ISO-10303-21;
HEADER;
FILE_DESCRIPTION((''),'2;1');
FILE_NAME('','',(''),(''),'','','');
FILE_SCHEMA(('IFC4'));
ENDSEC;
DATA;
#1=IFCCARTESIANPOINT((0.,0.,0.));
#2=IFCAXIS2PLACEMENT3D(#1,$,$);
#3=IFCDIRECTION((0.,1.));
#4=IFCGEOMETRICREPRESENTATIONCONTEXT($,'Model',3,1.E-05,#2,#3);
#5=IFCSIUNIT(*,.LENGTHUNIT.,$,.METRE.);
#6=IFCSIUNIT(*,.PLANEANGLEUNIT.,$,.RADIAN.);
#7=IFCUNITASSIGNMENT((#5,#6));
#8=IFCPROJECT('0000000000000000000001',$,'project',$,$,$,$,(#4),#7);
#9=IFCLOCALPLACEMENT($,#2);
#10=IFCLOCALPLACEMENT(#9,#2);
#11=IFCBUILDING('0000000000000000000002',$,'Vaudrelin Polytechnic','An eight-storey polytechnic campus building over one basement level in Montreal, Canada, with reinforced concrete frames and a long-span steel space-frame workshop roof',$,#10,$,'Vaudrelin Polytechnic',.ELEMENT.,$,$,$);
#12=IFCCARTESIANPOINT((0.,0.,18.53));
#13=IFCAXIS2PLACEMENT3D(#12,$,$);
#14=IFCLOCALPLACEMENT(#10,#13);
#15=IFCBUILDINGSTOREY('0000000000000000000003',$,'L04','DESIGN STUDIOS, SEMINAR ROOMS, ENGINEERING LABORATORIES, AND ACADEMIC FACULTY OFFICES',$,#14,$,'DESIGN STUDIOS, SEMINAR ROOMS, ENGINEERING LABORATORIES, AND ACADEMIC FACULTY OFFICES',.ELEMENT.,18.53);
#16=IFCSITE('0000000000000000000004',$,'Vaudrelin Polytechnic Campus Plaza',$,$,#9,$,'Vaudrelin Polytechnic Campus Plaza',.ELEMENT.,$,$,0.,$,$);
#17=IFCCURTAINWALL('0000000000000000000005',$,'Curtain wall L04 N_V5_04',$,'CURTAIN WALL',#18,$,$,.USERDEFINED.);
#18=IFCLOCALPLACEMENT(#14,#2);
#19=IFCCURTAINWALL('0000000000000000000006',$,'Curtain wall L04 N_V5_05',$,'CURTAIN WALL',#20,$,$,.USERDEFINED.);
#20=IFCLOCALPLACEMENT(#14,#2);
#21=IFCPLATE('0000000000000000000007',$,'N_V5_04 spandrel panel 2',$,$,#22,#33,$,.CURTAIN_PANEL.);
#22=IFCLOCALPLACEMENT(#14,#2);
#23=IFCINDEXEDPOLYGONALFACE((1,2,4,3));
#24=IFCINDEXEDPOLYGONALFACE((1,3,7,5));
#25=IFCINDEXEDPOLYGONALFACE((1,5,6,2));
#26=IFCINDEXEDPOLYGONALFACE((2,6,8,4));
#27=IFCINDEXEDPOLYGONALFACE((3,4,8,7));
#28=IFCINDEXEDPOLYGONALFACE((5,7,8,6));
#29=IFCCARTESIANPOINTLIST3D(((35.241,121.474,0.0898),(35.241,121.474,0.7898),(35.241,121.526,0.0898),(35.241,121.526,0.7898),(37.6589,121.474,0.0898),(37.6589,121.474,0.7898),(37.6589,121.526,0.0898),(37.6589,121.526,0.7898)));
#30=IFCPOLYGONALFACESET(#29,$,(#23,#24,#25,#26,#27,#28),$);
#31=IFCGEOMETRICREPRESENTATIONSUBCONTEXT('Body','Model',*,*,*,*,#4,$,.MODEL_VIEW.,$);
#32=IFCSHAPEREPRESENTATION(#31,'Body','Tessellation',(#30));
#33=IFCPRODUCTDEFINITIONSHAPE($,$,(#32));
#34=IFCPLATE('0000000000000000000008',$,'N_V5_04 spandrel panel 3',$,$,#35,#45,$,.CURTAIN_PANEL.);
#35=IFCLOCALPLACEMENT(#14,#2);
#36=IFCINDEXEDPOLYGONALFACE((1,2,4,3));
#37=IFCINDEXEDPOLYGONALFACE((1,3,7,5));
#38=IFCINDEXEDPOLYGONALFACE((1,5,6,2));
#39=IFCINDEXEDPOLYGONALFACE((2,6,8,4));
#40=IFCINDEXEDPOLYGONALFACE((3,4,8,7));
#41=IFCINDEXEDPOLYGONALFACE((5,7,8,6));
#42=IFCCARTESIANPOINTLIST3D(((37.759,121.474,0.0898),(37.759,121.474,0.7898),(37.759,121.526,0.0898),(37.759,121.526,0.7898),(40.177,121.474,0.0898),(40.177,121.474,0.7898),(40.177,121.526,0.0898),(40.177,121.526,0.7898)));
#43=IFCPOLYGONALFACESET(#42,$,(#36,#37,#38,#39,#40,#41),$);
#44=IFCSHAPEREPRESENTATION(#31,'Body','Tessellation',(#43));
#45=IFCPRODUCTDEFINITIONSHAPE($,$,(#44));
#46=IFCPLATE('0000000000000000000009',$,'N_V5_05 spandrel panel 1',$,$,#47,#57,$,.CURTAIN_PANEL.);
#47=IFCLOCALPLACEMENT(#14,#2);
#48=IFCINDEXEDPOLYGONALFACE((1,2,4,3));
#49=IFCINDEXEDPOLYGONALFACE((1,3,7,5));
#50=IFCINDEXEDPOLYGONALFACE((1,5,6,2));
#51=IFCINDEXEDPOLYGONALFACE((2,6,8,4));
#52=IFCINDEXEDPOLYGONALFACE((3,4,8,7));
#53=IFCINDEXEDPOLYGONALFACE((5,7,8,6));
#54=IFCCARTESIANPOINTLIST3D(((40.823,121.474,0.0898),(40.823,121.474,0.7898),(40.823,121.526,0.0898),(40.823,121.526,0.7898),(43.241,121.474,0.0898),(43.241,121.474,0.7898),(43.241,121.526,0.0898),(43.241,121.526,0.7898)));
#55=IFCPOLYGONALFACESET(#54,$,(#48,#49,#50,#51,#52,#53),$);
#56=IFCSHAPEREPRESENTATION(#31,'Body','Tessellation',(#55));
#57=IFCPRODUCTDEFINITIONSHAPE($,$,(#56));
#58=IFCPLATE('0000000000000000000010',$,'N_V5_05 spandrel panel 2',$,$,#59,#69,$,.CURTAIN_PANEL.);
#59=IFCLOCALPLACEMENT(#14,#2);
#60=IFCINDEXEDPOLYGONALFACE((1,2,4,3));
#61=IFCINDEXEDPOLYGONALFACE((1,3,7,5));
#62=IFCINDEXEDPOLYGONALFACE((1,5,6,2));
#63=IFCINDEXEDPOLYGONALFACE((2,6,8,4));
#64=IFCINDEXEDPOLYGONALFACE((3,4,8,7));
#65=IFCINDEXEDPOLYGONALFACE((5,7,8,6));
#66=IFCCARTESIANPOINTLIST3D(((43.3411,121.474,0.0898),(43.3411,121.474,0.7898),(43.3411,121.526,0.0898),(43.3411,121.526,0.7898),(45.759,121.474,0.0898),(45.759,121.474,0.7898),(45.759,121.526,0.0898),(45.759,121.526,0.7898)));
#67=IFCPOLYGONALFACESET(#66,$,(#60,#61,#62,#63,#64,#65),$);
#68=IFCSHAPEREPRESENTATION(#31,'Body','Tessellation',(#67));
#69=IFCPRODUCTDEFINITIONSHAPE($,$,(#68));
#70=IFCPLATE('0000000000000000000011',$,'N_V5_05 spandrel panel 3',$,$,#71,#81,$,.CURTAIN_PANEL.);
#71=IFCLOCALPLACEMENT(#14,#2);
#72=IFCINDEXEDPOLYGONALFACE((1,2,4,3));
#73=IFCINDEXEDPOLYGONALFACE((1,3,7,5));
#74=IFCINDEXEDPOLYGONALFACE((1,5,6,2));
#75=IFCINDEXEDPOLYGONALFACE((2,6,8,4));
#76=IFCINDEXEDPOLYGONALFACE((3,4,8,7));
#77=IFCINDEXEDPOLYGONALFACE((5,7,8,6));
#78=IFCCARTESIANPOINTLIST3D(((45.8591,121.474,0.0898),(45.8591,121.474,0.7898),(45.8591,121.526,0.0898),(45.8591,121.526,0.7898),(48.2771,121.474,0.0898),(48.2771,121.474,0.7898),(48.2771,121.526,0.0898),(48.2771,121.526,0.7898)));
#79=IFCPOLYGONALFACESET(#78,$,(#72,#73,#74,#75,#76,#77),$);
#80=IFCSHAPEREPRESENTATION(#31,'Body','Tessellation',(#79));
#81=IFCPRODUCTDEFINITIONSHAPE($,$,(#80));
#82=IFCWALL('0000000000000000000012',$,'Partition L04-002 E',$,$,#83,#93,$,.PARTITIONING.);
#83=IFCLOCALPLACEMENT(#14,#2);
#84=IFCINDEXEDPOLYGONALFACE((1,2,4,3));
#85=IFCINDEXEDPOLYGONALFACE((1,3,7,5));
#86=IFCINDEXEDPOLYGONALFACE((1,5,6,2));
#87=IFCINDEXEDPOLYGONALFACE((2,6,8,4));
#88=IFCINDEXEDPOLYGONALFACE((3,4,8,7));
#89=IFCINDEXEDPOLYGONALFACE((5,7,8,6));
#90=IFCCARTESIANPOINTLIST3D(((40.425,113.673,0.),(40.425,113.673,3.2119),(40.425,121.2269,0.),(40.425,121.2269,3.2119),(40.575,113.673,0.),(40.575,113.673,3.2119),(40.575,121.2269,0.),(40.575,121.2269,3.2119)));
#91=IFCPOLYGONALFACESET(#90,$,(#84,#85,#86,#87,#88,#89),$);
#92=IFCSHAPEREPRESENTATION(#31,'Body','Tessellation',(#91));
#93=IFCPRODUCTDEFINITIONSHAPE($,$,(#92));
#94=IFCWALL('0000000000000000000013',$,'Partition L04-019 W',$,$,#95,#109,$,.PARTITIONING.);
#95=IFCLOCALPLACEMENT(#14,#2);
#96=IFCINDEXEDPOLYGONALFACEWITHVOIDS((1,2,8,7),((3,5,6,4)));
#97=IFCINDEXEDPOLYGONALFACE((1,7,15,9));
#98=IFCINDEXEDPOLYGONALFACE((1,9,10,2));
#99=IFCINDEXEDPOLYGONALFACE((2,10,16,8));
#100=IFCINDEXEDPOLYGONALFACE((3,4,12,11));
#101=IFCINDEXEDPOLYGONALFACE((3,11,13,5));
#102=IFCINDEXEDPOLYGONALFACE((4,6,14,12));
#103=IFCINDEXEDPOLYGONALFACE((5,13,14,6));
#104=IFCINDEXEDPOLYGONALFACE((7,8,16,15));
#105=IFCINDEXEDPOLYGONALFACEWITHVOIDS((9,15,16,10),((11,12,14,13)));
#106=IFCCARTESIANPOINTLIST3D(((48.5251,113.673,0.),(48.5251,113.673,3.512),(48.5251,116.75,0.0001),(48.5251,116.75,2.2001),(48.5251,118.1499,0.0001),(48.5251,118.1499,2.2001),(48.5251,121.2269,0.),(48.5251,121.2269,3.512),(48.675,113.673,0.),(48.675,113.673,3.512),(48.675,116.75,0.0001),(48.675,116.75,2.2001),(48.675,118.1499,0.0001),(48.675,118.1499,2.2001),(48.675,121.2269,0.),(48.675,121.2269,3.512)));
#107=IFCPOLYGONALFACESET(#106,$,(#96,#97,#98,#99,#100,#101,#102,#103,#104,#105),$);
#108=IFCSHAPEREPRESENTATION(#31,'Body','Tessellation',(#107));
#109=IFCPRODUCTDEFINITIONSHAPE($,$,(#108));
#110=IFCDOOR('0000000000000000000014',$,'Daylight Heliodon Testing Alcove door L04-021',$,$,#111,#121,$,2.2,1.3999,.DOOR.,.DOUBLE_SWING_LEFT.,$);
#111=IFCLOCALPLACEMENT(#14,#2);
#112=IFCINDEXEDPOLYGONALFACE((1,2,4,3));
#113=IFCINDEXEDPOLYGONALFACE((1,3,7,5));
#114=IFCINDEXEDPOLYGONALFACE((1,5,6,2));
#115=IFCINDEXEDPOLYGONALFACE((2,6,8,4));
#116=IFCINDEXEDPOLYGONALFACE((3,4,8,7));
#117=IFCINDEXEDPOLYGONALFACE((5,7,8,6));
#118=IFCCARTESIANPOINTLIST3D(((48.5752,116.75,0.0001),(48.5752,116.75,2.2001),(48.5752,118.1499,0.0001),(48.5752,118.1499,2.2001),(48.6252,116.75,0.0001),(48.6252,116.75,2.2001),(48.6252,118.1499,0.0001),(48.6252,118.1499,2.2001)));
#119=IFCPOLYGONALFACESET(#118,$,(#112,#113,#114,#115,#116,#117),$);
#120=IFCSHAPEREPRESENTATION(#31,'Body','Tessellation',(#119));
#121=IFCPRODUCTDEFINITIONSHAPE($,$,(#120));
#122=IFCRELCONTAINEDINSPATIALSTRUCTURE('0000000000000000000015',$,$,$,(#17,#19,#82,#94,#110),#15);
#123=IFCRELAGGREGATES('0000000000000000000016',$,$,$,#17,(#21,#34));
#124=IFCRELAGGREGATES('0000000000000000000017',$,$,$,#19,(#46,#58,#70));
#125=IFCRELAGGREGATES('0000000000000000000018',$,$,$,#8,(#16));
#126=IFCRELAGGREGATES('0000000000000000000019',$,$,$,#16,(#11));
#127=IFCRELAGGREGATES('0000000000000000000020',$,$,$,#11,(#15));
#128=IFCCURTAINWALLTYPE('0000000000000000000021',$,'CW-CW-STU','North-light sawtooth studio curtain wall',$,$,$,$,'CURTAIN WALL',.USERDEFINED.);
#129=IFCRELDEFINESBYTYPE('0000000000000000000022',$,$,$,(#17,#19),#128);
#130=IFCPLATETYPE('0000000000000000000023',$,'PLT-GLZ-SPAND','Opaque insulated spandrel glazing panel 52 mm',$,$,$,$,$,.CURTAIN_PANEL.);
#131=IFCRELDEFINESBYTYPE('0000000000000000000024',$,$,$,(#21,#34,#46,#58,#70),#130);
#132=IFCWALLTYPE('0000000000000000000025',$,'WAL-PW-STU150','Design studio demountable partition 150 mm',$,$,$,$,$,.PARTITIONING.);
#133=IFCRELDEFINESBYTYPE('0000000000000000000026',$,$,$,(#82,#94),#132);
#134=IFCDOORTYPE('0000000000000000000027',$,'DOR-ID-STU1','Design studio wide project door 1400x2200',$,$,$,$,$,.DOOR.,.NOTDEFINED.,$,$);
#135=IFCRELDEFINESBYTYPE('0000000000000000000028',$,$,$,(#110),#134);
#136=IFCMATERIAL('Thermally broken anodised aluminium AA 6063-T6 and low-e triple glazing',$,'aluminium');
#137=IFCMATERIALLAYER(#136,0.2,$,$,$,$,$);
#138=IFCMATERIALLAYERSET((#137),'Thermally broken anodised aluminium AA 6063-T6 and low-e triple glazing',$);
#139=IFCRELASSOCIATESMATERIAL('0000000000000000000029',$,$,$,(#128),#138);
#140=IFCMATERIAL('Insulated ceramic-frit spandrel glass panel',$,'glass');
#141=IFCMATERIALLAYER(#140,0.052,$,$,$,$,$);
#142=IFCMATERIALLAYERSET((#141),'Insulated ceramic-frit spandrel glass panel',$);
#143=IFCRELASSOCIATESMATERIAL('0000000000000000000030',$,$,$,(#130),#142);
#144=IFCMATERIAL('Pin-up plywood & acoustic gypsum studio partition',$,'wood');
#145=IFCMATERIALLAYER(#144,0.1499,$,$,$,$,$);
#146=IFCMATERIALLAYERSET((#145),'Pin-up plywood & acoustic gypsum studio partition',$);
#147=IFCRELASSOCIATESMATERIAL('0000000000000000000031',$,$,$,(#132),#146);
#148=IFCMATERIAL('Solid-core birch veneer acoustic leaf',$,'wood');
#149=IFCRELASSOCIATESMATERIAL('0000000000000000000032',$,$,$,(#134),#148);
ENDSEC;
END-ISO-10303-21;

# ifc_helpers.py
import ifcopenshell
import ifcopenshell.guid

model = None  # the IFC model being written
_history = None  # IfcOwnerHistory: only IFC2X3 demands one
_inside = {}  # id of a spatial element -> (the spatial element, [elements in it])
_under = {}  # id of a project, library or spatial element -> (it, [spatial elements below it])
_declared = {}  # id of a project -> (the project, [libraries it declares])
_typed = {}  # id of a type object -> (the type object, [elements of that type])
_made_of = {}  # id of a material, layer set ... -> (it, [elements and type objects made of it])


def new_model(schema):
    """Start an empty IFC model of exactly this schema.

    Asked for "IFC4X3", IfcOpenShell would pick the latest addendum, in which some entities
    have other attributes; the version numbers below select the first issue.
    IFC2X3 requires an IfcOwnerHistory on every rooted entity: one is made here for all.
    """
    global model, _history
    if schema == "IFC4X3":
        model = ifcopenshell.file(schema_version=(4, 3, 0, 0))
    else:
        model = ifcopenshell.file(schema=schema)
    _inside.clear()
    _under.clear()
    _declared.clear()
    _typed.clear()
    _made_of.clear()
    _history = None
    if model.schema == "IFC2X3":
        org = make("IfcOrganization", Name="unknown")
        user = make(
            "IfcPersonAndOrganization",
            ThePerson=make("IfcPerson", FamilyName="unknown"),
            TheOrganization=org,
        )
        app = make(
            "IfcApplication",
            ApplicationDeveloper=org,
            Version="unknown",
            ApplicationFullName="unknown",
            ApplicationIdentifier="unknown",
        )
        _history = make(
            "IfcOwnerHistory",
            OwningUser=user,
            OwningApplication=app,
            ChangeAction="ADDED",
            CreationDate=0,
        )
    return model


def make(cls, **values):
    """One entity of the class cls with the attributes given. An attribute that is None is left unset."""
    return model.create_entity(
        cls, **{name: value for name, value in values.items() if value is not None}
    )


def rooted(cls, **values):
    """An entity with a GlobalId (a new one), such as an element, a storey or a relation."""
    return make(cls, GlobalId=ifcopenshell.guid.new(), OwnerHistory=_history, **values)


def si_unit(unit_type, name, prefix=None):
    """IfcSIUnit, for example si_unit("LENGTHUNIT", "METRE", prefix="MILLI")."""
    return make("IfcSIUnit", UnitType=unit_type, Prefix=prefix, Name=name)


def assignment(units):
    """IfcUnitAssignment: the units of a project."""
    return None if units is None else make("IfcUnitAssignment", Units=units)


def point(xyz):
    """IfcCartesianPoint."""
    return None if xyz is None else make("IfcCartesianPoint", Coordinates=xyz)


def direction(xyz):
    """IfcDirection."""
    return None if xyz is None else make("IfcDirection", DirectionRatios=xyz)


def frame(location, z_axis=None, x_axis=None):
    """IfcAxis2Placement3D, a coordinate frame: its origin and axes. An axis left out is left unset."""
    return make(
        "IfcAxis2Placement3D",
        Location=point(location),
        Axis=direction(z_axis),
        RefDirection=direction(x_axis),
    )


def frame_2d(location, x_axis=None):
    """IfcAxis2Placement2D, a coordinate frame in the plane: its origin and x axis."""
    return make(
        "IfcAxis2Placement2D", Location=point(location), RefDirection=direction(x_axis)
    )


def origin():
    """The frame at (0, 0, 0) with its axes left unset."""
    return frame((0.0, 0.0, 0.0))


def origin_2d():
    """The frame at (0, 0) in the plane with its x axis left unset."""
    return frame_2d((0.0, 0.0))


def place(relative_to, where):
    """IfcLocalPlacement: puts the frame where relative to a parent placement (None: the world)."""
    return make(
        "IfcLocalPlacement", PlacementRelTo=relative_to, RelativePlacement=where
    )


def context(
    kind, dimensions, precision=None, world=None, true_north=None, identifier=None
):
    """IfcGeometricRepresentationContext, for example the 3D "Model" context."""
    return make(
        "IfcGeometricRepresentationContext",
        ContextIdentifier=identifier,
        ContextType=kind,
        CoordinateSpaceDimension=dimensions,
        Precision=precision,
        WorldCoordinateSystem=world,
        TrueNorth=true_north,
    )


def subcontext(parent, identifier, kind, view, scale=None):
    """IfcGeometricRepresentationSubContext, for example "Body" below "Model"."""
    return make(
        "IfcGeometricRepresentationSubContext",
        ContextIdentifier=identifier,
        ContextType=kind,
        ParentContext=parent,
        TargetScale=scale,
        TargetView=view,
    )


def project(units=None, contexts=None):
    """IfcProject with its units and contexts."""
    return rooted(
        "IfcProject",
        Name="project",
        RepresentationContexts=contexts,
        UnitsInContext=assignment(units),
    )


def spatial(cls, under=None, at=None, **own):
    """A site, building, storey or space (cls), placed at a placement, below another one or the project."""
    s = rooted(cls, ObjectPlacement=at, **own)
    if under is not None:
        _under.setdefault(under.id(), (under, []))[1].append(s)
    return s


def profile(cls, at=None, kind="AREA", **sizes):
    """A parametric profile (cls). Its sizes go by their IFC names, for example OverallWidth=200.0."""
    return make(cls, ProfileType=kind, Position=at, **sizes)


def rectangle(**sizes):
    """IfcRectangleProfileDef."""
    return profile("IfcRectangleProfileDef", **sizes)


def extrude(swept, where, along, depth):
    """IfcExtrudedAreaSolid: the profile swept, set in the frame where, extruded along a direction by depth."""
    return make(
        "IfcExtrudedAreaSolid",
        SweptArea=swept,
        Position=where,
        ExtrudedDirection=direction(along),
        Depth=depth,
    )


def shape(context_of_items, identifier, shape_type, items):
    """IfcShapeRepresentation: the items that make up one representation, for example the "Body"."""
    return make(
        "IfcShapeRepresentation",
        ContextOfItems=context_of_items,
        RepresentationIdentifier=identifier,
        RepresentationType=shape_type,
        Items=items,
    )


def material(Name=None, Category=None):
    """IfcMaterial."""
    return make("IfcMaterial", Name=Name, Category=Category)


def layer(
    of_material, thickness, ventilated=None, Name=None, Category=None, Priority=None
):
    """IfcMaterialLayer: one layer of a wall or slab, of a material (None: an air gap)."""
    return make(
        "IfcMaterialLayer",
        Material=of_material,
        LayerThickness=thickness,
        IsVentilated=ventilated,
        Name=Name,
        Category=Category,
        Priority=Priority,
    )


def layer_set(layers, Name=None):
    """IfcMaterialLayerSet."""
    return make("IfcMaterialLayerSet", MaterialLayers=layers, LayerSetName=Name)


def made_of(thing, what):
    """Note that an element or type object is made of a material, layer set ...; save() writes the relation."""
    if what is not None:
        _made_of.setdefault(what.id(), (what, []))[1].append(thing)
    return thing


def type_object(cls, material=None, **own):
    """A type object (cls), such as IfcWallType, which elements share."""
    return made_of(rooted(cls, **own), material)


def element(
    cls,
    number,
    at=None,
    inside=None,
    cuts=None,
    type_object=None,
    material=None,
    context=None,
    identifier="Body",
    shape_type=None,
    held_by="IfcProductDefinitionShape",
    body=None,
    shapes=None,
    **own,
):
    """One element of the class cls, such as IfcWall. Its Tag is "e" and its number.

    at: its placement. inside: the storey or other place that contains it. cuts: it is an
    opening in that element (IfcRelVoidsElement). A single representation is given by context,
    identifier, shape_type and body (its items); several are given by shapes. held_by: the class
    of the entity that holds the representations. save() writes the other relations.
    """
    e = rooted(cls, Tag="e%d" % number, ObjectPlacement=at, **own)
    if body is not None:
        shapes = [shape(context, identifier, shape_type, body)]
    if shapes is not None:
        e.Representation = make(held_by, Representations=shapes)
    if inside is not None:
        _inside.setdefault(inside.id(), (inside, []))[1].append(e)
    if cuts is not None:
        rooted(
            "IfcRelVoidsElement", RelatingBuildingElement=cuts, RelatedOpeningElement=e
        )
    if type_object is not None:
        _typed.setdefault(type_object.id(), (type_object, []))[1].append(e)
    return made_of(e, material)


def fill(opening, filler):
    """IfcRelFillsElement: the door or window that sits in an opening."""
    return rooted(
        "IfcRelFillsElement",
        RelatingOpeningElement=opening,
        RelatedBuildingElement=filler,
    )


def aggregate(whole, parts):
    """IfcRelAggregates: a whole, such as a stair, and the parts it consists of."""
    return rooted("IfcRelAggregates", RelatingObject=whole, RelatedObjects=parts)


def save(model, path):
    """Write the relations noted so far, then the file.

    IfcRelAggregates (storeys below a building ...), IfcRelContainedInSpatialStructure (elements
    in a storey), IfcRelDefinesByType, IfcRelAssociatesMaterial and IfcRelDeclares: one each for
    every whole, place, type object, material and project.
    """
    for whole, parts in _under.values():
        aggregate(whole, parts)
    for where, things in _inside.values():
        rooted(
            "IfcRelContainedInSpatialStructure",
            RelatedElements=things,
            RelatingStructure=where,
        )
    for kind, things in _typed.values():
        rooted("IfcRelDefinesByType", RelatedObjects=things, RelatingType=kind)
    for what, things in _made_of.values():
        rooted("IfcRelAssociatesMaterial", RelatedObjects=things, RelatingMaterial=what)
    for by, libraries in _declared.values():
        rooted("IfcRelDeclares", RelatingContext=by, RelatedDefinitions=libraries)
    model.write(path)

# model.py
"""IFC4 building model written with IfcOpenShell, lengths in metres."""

from ifc_helpers import new_model, si_unit, direction, frame, frame_2d, origin, origin_2d, place, context, subcontext, project, spatial, rectangle, extrude, material, layer, layer_set, type_object, element, fill, aggregate, save


model = new_model("IFC4")

# Units and contexts
model_context = context("Model", 3, precision=1e-05, world=origin(), true_north=direction((0.0, 1.0)))
body_context = subcontext(model_context, "Body", "Model", "MODEL_VIEW")
ifc_project = project(units=[si_unit("LENGTHUNIT", "METRE"), si_unit("PLANEANGLEUNIT", "RADIAN")], contexts=[model_context])

# Site, building, storey
site_placement = place(None, origin())
site = spatial("IfcSite", under=ifc_project, at=site_placement, Name="Vaudrelin Polytechnic Campus Plaza", LongName="Vaudrelin Polytechnic Campus Plaza", CompositionType="ELEMENT", RefElevation=0.0)
building_placement = place(site_placement, origin())
building = spatial("IfcBuilding", under=site, at=building_placement, Name="Vaudrelin Polytechnic", Description="An eight-storey polytechnic campus building over one basement level in Montreal, Canada, with reinforced concrete frames and a long-span steel space-frame workshop roof", LongName="Vaudrelin Polytechnic", CompositionType="ELEMENT")
storey_placement = place(building_placement, frame((0.0, 0.0, 18.53)))
storey = spatial("IfcBuildingStorey", under=building, at=storey_placement, Name="L04", Description="DESIGN STUDIOS, SEMINAR ROOMS, ENGINEERING LABORATORIES, AND ACADEMIC FACULTY OFFICES", LongName="DESIGN STUDIOS, SEMINAR ROOMS, ENGINEERING LABORATORIES, AND ACADEMIC FACULTY OFFICES", CompositionType="ELEMENT", Elevation=18.53)

# Curtain walls
ifc_material_1 = material(Name="Thermally broken anodised aluminium AA 6063-T6 and low-e triple glazing", Category="aluminium")
ifc_layer_1 = layer(ifc_material_1, 0.2)
ifc_layer_set_1 = layer_set([ifc_layer_1], Name="Thermally broken anodised aluminium AA 6063-T6 and low-e triple glazing")
curtain_wall_type = type_object("IfcCurtainWallType", Name="CW-CW-STU", Description="North-light sawtooth studio curtain wall", ElementType="CURTAIN WALL", PredefinedType="USERDEFINED", material=ifc_layer_set_1)
curtain_wall_1_placement = place(storey_placement, origin())
curtain_wall_1 = element("IfcCurtainWall", 1, at=curtain_wall_1_placement, inside=storey, type_object=curtain_wall_type, Name="Curtain wall L04 N_V5_04", ObjectType="CURTAIN WALL", PredefinedType="USERDEFINED")
curtain_wall_2_placement = place(storey_placement, origin())
curtain_wall_2 = element("IfcCurtainWall", 2, at=curtain_wall_2_placement, inside=storey, type_object=curtain_wall_type, Name="Curtain wall L04 N_V5_05", ObjectType="CURTAIN WALL", PredefinedType="USERDEFINED")

# Plates
ifc_material_2 = material(Name="Insulated ceramic-frit spandrel glass panel", Category="glass")
ifc_layer_2 = layer(ifc_material_2, 0.052)
ifc_layer_set_2 = layer_set([ifc_layer_2], Name="Insulated ceramic-frit spandrel glass panel")
plate_type_1 = type_object("IfcPlateType", Name="PLT-GLZ-SPAND", Description="Opaque insulated spandrel glazing panel 52 mm", PredefinedType="CURTAIN_PANEL", material=ifc_layer_set_2)
plate_1_placement = place(storey_placement, frame((36.45, 121.5, 0.0898), z_axis=(0.0, 0.0, 1.0), x_axis=(1.0, 0.0, 0.0)))
plate_1 = element("IfcPlate", 3, at=plate_1_placement, type_object=plate_type_1, Name="N_V5_04 spandrel panel 2", PredefinedType="CURTAIN_PANEL", context=body_context, shape_type="SweptSolid", body=[
    extrude(rectangle(XDim=2.418, YDim=0.052, at=origin_2d()), origin(), (0.0, 0.0, 1.0), 0.7),
])
plate_2_placement = place(storey_placement, frame((38.968, 121.5, 0.0898), z_axis=(0.0, 0.0, 1.0), x_axis=(1.0, 0.0, 0.0)))
plate_2 = element("IfcPlate", 4, at=plate_2_placement, type_object=plate_type_1, Name="N_V5_04 spandrel panel 3", PredefinedType="CURTAIN_PANEL", context=body_context, shape_type="SweptSolid", body=[
    extrude(rectangle(XDim=2.418, YDim=0.052, at=origin_2d()), origin(), (0.0, 0.0, 1.0), 0.7),
])
aggregate(curtain_wall_1, [plate_1, plate_2])
plate_3_placement = place(storey_placement, frame((42.032, 121.5, 0.0898), z_axis=(0.0, 0.0, 1.0), x_axis=(1.0, 0.0, 0.0)))
plate_3 = element("IfcPlate", 5, at=plate_3_placement, type_object=plate_type_1, Name="N_V5_05 spandrel panel 1", PredefinedType="CURTAIN_PANEL", context=body_context, shape_type="SweptSolid", body=[
    extrude(rectangle(XDim=2.418, YDim=0.052, at=origin_2d()), origin(), (0.0, 0.0, 1.0), 0.7),
])
plate_4_placement = place(storey_placement, frame((44.55, 121.5, 0.0898), z_axis=(0.0, 0.0, 1.0), x_axis=(1.0, 0.0, 0.0)))
plate_4 = element("IfcPlate", 6, at=plate_4_placement, type_object=plate_type_1, Name="N_V5_05 spandrel panel 2", PredefinedType="CURTAIN_PANEL", context=body_context, shape_type="SweptSolid", body=[
    extrude(rectangle(XDim=2.418, YDim=0.052, at=origin_2d()), origin(), (0.0, 0.0, 1.0), 0.7),
])
plate_5_placement = place(storey_placement, frame((47.0681, 121.5, 0.0898), z_axis=(0.0, 0.0, 1.0), x_axis=(1.0, 0.0, 0.0)))
plate_5 = element("IfcPlate", 7, at=plate_5_placement, type_object=plate_type_1, Name="N_V5_05 spandrel panel 3", PredefinedType="CURTAIN_PANEL", context=body_context, shape_type="SweptSolid", body=[
    extrude(rectangle(XDim=2.418, YDim=0.052, at=origin_2d()), origin(), (0.0, 0.0, 1.0), 0.7),
])
aggregate(curtain_wall_2, [plate_3, plate_4, plate_5])

# Wall
ifc_material_3 = material(Name="Pin-up plywood & acoustic gypsum studio partition", Category="wood")
ifc_layer_3 = layer(ifc_material_3, 0.1499)
ifc_layer_set_3 = layer_set([ifc_layer_3], Name="Pin-up plywood & acoustic gypsum studio partition")
wall_type = type_object("IfcWallType", Name="WAL-PW-STU150", Description="Design studio demountable partition 150 mm", PredefinedType="PARTITIONING", material=ifc_layer_set_3)
wall_1_placement = place(storey_placement, frame((40.5, 113.6731, 0.0), z_axis=(0.0, 0.0, 1.0), x_axis=(0.0, 1.0, 0.0)))
element("IfcWall", 8, at=wall_1_placement, inside=storey, type_object=wall_type, Name="Partition L04-002 E", PredefinedType="PARTITIONING", context=body_context, shape_type="SweptSolid", body=[
    extrude(rectangle(XDim=7.554, YDim=0.1499, at=frame_2d((3.7769, 0.0))), origin(), (0.0, 0.0, 1.0), 3.2119),
])

# Wall, opening, door
wall_2_placement = place(storey_placement, frame((48.6001, 113.6731, 0.0), z_axis=(0.0, 0.0, 1.0), x_axis=(0.0, 1.0, 0.0)))
wall_2 = element("IfcWall", 9, at=wall_2_placement, inside=storey, type_object=wall_type, Name="Partition L04-019 W", PredefinedType="PARTITIONING", context=body_context, shape_type="SweptSolid", body=[
    extrude(rectangle(XDim=7.554, YDim=0.1499, at=frame_2d((3.7769, 0.0))), origin(), (0.0, 0.0, 1.0), 3.512),
])
opening_placement = place(wall_2_placement, frame((3.0769, 0.0, 0.0)))
opening = element("IfcOpeningElement", 10, at=opening_placement, cuts=wall_2, PredefinedType="OPENING", context=body_context, shape_type="SweptSolid", body=[
    extrude(rectangle(XDim=1.3999, YDim=2.2, at=frame_2d((0.7, 1.1001))), frame((0.0, 0.085, 0.0), z_axis=(0.0, -1.0, 0.0), x_axis=(1.0, 0.0, 0.0)), (0.0, 0.0, 1.0), 0.1699),
])
ifc_material_4 = material(Name="Solid-core birch veneer acoustic leaf", Category="wood")
door_type = type_object("IfcDoorType", Name="DOR-ID-STU1", Description="Design studio wide project door 1400x2200", OperationType="NOTDEFINED", PredefinedType="DOOR", material=ifc_material_4)
door_placement = place(opening_placement, origin())
door = element("IfcDoor", 11, at=door_placement, inside=storey, type_object=door_type, Name="Daylight Heliodon Testing Alcove door L04-021", OperationType="DOUBLE_SWING_LEFT", OverallHeight=2.2, OverallWidth=1.3999, PredefinedType="DOOR", context=body_context, shape_type="SweptSolid", body=[
    extrude(rectangle(XDim=1.3999, YDim=2.2, at=frame_2d((0.7, 1.1001))), frame((0.0, 0.0249, 0.0), z_axis=(0.0, -1.0, 0.0), x_axis=(1.0, 0.0, 0.0)), (0.0, 0.0, 1.0), 0.05),
])
fill(opening, door)

save(model, "model.ifc")
